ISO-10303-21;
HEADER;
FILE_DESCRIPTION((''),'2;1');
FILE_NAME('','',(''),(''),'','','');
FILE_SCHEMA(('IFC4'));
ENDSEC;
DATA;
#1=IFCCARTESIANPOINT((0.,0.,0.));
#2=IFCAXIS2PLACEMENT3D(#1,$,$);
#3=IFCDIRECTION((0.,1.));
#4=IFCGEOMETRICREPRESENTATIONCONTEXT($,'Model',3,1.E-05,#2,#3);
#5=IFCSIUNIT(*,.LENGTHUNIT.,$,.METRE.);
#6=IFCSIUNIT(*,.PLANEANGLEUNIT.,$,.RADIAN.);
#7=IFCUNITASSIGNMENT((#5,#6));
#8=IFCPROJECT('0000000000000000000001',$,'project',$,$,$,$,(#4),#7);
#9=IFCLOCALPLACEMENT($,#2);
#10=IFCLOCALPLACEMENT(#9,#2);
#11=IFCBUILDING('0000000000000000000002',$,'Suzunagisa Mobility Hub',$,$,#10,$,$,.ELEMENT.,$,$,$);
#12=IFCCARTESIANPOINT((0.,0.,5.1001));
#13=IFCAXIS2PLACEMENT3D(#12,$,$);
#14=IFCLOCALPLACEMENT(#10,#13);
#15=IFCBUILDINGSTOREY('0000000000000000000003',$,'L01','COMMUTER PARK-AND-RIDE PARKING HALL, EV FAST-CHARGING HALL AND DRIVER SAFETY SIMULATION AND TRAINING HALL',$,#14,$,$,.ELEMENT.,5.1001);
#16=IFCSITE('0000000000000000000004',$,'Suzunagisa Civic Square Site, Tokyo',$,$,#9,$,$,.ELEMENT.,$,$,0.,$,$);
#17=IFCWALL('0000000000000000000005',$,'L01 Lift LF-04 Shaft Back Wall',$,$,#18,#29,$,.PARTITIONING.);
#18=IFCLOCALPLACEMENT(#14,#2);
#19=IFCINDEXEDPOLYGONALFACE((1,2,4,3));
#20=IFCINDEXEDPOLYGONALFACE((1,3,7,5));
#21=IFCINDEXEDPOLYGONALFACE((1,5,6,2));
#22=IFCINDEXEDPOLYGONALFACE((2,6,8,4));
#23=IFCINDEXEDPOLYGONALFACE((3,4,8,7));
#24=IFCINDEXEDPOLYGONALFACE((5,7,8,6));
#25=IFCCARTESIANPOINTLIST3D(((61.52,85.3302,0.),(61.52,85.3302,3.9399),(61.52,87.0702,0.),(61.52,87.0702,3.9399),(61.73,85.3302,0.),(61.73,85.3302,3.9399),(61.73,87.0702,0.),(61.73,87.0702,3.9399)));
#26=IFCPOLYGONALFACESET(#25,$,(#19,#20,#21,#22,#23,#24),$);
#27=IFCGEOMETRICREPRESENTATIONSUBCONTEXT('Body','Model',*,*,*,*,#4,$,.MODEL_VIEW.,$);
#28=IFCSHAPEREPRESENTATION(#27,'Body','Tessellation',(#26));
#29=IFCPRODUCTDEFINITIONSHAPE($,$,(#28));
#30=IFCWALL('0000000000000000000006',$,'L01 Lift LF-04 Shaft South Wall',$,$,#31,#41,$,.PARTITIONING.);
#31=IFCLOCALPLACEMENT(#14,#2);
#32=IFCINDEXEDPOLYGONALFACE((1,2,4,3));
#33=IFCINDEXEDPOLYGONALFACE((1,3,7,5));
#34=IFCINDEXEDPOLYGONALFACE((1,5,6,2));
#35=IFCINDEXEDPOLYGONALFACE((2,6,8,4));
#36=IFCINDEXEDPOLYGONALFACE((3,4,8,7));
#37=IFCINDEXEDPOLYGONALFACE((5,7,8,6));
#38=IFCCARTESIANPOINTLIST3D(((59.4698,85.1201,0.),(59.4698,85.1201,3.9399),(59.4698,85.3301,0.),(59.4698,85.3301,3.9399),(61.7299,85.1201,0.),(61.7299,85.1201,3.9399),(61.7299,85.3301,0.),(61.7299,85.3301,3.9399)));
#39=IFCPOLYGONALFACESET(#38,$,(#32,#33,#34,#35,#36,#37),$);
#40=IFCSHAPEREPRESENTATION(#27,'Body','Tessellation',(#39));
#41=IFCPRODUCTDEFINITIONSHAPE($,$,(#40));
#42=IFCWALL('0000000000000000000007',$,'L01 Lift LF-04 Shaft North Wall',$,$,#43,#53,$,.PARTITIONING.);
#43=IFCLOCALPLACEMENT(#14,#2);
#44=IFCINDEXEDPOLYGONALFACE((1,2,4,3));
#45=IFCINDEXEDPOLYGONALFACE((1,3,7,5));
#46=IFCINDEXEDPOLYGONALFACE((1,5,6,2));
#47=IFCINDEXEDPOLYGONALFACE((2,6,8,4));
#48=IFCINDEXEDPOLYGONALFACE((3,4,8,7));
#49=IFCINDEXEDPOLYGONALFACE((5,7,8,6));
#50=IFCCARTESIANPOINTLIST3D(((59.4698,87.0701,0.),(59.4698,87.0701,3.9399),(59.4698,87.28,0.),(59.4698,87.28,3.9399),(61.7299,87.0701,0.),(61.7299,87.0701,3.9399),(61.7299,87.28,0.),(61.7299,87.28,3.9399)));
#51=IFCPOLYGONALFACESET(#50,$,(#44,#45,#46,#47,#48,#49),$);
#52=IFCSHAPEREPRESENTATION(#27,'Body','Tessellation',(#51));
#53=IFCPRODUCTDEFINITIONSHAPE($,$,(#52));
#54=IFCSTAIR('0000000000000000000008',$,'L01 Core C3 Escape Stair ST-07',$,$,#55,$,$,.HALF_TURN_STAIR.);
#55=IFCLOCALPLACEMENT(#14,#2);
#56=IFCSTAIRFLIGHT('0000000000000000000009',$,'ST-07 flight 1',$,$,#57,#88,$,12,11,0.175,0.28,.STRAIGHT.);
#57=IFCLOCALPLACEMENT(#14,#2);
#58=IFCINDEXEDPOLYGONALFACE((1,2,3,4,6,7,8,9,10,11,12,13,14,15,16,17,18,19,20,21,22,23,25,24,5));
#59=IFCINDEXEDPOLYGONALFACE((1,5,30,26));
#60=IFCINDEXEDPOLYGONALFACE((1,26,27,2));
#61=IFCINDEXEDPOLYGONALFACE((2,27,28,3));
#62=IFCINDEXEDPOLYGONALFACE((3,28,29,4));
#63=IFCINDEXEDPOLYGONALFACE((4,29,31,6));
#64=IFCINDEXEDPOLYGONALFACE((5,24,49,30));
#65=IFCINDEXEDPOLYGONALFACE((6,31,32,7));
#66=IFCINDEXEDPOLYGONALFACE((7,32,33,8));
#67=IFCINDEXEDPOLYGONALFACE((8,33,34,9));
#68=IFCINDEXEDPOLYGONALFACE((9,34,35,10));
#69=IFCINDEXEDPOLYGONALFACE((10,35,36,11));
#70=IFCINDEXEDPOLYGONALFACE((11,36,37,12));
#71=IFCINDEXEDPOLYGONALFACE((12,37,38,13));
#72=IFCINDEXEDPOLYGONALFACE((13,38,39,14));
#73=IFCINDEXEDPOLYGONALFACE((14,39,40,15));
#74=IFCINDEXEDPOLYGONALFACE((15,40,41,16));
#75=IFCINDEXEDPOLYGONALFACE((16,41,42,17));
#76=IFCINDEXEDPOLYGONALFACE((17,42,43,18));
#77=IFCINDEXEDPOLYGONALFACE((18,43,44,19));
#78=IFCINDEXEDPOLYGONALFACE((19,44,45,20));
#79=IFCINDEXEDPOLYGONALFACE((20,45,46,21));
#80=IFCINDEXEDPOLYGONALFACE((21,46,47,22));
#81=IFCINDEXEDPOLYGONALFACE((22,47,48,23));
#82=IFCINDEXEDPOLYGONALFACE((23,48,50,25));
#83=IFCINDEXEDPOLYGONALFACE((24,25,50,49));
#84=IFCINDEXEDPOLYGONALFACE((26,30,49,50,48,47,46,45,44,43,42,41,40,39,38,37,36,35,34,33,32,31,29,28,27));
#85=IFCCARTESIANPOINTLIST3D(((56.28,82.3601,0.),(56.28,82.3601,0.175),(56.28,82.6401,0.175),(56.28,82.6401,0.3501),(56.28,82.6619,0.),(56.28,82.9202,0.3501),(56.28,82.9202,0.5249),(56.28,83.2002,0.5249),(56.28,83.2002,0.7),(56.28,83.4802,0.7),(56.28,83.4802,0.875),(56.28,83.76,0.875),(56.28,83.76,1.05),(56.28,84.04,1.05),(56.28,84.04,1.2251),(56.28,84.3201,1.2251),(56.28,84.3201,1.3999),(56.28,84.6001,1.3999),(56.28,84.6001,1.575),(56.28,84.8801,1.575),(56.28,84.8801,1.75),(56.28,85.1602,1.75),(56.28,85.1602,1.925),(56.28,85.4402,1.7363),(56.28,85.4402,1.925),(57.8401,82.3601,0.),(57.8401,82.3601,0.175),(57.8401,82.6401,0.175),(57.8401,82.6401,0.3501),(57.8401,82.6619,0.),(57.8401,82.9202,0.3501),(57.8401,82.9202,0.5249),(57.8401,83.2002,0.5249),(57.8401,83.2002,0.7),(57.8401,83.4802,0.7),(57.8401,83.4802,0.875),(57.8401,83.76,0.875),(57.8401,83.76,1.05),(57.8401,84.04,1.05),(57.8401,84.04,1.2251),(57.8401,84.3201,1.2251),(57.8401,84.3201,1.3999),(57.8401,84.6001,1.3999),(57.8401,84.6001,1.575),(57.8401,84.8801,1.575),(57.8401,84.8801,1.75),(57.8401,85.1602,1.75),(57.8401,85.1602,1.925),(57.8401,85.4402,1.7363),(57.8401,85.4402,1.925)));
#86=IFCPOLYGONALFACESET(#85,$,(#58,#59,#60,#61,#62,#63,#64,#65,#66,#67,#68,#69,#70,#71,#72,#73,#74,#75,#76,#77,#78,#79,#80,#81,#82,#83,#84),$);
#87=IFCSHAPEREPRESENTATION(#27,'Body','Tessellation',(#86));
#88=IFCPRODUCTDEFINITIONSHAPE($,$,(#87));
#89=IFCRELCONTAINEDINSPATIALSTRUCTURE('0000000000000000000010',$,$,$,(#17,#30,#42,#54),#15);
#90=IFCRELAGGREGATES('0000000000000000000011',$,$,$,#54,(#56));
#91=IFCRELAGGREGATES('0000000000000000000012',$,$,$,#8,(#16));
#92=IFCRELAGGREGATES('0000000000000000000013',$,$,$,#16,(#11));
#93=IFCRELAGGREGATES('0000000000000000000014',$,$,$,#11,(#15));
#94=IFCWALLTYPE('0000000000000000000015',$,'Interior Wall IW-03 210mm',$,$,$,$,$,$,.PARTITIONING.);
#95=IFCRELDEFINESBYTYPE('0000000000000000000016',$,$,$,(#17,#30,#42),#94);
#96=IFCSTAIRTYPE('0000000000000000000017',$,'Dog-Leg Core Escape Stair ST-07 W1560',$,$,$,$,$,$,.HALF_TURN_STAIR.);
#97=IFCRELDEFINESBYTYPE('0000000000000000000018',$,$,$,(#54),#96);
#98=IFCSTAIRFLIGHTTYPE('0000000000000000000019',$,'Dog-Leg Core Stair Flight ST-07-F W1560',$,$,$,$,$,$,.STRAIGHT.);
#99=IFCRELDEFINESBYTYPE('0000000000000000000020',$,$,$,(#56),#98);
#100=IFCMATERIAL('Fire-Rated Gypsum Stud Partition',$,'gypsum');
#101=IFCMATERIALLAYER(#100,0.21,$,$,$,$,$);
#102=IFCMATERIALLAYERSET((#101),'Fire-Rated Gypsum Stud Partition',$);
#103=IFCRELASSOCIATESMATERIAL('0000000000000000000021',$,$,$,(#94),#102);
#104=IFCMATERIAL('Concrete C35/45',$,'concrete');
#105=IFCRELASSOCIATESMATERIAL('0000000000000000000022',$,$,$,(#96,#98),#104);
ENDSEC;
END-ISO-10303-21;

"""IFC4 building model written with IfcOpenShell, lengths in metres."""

from ifc_helpers import new_model, si_unit, direction, frame, frame_2d, origin, place, context, subcontext, project, spatial, polyline, rectangle, outline, extrude, material, layer, layer_set, type_object, element, aggregate, save


model = new_model("IFC4")

# Units and contexts
model_context = context("Model", 3, precision=1e-05, world=origin(), true_north=direction((0.0, 1.0)))
body_context = subcontext(model_context, "Body", "Model", "MODEL_VIEW")
ifc_project = project(units=[si_unit("LENGTHUNIT", "METRE"), si_unit("PLANEANGLEUNIT", "RADIAN")], contexts=[model_context])

# Site, building, storey
site_placement = place(None, origin())
site = spatial("IfcSite", under=ifc_project, at=site_placement, Name="Suzunagisa Civic Square Site, Tokyo", CompositionType="ELEMENT", RefElevation=0.0)
building_placement = place(site_placement, origin())
building = spatial("IfcBuilding", under=site, at=building_placement, Name="Suzunagisa Mobility Hub", CompositionType="ELEMENT")
storey_placement = place(building_placement, frame((0.0, 0.0, 5.1001)))
storey = spatial("IfcBuildingStorey", under=building, at=storey_placement, Name="L01", Description="COMMUTER PARK-AND-RIDE PARKING HALL, EV FAST-CHARGING HALL AND DRIVER SAFETY SIMULATION AND TRAINING HALL", CompositionType="ELEMENT", Elevation=5.1001)

# Shared definitions
ifc_material_1 = material(Name="Fire-Rated Gypsum Stud Partition", Category="gypsum")
ifc_layer_1 = layer(ifc_material_1, 0.21)
ifc_layer_set_1 = layer_set([ifc_layer_1], Name="Fire-Rated Gypsum Stud Partition")
wall_type_1 = type_object("IfcWallType", Name="Interior Wall IW-03 210mm", PredefinedType="PARTITIONING", material=ifc_layer_set_1)

# Walls
wall_1_placement = place(storey_placement, frame((61.625, 85.3301, 0.0), z_axis=(0.0, 0.0, 1.0), x_axis=(0.0, 1.0, 0.0)))
element("IfcWall", 1, at=wall_1_placement, inside=storey, type_object=wall_type_1, Name="L01 Lift LF-04 Shaft Back Wall", PredefinedType="PARTITIONING", context=body_context, shape_type="SweptSolid", body=[
    extrude(rectangle(XDim=1.74, YDim=0.21, at=frame_2d((0.8701, 0.0))), origin(), (0.0, 0.0, 1.0), 3.9399),
])
for number, where, z_axis, x_axis, name in (
    (2, (59.47, 85.2251, 0.0), (0.0, 0.0, 1.0), (1.0, 0.0, 0.0), "L01 Lift LF-04 Shaft South Wall"),
    (3, (59.47, 87.175, 0.0), (0.0, 0.0, 1.0), (1.0, 0.0, 0.0), "L01 Lift LF-04 Shaft North Wall"),
):
    element("IfcWall", number, at=place(storey_placement, frame(where, z_axis=z_axis, x_axis=x_axis)), inside=storey, type_object=wall_type_1, Name=name, PredefinedType="PARTITIONING", context=body_context, shape_type="SweptSolid", body=[
        extrude(rectangle(XDim=2.26, YDim=0.21, at=frame_2d((1.1299, 0.0))), origin(), (0.0, 0.0, 1.0), 3.9399),
    ])

# Shared definitions
ifc_material_2 = material(Name="Concrete C35/45", Category="concrete")

# Stair, stair flight
stair_type = type_object("IfcStairType", Name="Dog-Leg Core Escape Stair ST-07 W1560", PredefinedType="HALF_TURN_STAIR", material=ifc_material_2)
stair_placement = place(storey_placement, origin())
stair = element("IfcStair", 4, at=stair_placement, inside=storey, type_object=stair_type, Name="L01 Core C3 Escape Stair ST-07", PredefinedType="HALF_TURN_STAIR")
stair_flight_type = type_object("IfcStairFlightType", Name="Dog-Leg Core Stair Flight ST-07-F W1560", PredefinedType="STRAIGHT", material=ifc_material_2)
stair_flight_placement = place(storey_placement, frame((57.0601, 82.3601, 0.0), z_axis=(0.0, 0.0, 1.0), x_axis=(0.0, 1.0, 0.0)))
stair_flight = element("IfcStairFlight", 5, at=stair_flight_placement, type_object=stair_flight_type, Name="ST-07 flight 1", NumberOfRisers=12, NumberOfTreads=11, PredefinedType="STRAIGHT", RiserHeight=0.175, TreadLength=0.28, context=body_context, shape_type="SweptSolid", body=[
    extrude(outline(polyline([(0.0, 0.0), (0.0, 0.175), (0.28, 0.175), (0.28, 0.3501), (0.5601, 0.3501), (0.5601, 0.5249), (0.8401, 0.5249), (0.8401, 0.7), (1.1201, 0.7), (1.1201, 0.875), (1.3999, 0.875), (1.3999, 1.05), (1.6799, 1.05), (1.6799, 1.2251), (1.96, 1.2251), (1.96, 1.3999), (2.24, 1.3999), (2.24, 1.575), (2.52, 1.575), (2.52, 1.75), (2.8, 1.75), (2.8, 1.925), (3.0801, 1.925), (3.0801, 2.1001), (3.0801, 1.7363), (0.3018, 0.0), (0.0, 0.0)])), frame((0.0, 0.78, 0.0), z_axis=(0.0, -1.0, 0.0), x_axis=(1.0, 0.0, 0.0)), (0.0, 0.0, 1.0), 1.5601),
])
aggregate(stair, [stair_flight])

save(model, "model.ifc")
